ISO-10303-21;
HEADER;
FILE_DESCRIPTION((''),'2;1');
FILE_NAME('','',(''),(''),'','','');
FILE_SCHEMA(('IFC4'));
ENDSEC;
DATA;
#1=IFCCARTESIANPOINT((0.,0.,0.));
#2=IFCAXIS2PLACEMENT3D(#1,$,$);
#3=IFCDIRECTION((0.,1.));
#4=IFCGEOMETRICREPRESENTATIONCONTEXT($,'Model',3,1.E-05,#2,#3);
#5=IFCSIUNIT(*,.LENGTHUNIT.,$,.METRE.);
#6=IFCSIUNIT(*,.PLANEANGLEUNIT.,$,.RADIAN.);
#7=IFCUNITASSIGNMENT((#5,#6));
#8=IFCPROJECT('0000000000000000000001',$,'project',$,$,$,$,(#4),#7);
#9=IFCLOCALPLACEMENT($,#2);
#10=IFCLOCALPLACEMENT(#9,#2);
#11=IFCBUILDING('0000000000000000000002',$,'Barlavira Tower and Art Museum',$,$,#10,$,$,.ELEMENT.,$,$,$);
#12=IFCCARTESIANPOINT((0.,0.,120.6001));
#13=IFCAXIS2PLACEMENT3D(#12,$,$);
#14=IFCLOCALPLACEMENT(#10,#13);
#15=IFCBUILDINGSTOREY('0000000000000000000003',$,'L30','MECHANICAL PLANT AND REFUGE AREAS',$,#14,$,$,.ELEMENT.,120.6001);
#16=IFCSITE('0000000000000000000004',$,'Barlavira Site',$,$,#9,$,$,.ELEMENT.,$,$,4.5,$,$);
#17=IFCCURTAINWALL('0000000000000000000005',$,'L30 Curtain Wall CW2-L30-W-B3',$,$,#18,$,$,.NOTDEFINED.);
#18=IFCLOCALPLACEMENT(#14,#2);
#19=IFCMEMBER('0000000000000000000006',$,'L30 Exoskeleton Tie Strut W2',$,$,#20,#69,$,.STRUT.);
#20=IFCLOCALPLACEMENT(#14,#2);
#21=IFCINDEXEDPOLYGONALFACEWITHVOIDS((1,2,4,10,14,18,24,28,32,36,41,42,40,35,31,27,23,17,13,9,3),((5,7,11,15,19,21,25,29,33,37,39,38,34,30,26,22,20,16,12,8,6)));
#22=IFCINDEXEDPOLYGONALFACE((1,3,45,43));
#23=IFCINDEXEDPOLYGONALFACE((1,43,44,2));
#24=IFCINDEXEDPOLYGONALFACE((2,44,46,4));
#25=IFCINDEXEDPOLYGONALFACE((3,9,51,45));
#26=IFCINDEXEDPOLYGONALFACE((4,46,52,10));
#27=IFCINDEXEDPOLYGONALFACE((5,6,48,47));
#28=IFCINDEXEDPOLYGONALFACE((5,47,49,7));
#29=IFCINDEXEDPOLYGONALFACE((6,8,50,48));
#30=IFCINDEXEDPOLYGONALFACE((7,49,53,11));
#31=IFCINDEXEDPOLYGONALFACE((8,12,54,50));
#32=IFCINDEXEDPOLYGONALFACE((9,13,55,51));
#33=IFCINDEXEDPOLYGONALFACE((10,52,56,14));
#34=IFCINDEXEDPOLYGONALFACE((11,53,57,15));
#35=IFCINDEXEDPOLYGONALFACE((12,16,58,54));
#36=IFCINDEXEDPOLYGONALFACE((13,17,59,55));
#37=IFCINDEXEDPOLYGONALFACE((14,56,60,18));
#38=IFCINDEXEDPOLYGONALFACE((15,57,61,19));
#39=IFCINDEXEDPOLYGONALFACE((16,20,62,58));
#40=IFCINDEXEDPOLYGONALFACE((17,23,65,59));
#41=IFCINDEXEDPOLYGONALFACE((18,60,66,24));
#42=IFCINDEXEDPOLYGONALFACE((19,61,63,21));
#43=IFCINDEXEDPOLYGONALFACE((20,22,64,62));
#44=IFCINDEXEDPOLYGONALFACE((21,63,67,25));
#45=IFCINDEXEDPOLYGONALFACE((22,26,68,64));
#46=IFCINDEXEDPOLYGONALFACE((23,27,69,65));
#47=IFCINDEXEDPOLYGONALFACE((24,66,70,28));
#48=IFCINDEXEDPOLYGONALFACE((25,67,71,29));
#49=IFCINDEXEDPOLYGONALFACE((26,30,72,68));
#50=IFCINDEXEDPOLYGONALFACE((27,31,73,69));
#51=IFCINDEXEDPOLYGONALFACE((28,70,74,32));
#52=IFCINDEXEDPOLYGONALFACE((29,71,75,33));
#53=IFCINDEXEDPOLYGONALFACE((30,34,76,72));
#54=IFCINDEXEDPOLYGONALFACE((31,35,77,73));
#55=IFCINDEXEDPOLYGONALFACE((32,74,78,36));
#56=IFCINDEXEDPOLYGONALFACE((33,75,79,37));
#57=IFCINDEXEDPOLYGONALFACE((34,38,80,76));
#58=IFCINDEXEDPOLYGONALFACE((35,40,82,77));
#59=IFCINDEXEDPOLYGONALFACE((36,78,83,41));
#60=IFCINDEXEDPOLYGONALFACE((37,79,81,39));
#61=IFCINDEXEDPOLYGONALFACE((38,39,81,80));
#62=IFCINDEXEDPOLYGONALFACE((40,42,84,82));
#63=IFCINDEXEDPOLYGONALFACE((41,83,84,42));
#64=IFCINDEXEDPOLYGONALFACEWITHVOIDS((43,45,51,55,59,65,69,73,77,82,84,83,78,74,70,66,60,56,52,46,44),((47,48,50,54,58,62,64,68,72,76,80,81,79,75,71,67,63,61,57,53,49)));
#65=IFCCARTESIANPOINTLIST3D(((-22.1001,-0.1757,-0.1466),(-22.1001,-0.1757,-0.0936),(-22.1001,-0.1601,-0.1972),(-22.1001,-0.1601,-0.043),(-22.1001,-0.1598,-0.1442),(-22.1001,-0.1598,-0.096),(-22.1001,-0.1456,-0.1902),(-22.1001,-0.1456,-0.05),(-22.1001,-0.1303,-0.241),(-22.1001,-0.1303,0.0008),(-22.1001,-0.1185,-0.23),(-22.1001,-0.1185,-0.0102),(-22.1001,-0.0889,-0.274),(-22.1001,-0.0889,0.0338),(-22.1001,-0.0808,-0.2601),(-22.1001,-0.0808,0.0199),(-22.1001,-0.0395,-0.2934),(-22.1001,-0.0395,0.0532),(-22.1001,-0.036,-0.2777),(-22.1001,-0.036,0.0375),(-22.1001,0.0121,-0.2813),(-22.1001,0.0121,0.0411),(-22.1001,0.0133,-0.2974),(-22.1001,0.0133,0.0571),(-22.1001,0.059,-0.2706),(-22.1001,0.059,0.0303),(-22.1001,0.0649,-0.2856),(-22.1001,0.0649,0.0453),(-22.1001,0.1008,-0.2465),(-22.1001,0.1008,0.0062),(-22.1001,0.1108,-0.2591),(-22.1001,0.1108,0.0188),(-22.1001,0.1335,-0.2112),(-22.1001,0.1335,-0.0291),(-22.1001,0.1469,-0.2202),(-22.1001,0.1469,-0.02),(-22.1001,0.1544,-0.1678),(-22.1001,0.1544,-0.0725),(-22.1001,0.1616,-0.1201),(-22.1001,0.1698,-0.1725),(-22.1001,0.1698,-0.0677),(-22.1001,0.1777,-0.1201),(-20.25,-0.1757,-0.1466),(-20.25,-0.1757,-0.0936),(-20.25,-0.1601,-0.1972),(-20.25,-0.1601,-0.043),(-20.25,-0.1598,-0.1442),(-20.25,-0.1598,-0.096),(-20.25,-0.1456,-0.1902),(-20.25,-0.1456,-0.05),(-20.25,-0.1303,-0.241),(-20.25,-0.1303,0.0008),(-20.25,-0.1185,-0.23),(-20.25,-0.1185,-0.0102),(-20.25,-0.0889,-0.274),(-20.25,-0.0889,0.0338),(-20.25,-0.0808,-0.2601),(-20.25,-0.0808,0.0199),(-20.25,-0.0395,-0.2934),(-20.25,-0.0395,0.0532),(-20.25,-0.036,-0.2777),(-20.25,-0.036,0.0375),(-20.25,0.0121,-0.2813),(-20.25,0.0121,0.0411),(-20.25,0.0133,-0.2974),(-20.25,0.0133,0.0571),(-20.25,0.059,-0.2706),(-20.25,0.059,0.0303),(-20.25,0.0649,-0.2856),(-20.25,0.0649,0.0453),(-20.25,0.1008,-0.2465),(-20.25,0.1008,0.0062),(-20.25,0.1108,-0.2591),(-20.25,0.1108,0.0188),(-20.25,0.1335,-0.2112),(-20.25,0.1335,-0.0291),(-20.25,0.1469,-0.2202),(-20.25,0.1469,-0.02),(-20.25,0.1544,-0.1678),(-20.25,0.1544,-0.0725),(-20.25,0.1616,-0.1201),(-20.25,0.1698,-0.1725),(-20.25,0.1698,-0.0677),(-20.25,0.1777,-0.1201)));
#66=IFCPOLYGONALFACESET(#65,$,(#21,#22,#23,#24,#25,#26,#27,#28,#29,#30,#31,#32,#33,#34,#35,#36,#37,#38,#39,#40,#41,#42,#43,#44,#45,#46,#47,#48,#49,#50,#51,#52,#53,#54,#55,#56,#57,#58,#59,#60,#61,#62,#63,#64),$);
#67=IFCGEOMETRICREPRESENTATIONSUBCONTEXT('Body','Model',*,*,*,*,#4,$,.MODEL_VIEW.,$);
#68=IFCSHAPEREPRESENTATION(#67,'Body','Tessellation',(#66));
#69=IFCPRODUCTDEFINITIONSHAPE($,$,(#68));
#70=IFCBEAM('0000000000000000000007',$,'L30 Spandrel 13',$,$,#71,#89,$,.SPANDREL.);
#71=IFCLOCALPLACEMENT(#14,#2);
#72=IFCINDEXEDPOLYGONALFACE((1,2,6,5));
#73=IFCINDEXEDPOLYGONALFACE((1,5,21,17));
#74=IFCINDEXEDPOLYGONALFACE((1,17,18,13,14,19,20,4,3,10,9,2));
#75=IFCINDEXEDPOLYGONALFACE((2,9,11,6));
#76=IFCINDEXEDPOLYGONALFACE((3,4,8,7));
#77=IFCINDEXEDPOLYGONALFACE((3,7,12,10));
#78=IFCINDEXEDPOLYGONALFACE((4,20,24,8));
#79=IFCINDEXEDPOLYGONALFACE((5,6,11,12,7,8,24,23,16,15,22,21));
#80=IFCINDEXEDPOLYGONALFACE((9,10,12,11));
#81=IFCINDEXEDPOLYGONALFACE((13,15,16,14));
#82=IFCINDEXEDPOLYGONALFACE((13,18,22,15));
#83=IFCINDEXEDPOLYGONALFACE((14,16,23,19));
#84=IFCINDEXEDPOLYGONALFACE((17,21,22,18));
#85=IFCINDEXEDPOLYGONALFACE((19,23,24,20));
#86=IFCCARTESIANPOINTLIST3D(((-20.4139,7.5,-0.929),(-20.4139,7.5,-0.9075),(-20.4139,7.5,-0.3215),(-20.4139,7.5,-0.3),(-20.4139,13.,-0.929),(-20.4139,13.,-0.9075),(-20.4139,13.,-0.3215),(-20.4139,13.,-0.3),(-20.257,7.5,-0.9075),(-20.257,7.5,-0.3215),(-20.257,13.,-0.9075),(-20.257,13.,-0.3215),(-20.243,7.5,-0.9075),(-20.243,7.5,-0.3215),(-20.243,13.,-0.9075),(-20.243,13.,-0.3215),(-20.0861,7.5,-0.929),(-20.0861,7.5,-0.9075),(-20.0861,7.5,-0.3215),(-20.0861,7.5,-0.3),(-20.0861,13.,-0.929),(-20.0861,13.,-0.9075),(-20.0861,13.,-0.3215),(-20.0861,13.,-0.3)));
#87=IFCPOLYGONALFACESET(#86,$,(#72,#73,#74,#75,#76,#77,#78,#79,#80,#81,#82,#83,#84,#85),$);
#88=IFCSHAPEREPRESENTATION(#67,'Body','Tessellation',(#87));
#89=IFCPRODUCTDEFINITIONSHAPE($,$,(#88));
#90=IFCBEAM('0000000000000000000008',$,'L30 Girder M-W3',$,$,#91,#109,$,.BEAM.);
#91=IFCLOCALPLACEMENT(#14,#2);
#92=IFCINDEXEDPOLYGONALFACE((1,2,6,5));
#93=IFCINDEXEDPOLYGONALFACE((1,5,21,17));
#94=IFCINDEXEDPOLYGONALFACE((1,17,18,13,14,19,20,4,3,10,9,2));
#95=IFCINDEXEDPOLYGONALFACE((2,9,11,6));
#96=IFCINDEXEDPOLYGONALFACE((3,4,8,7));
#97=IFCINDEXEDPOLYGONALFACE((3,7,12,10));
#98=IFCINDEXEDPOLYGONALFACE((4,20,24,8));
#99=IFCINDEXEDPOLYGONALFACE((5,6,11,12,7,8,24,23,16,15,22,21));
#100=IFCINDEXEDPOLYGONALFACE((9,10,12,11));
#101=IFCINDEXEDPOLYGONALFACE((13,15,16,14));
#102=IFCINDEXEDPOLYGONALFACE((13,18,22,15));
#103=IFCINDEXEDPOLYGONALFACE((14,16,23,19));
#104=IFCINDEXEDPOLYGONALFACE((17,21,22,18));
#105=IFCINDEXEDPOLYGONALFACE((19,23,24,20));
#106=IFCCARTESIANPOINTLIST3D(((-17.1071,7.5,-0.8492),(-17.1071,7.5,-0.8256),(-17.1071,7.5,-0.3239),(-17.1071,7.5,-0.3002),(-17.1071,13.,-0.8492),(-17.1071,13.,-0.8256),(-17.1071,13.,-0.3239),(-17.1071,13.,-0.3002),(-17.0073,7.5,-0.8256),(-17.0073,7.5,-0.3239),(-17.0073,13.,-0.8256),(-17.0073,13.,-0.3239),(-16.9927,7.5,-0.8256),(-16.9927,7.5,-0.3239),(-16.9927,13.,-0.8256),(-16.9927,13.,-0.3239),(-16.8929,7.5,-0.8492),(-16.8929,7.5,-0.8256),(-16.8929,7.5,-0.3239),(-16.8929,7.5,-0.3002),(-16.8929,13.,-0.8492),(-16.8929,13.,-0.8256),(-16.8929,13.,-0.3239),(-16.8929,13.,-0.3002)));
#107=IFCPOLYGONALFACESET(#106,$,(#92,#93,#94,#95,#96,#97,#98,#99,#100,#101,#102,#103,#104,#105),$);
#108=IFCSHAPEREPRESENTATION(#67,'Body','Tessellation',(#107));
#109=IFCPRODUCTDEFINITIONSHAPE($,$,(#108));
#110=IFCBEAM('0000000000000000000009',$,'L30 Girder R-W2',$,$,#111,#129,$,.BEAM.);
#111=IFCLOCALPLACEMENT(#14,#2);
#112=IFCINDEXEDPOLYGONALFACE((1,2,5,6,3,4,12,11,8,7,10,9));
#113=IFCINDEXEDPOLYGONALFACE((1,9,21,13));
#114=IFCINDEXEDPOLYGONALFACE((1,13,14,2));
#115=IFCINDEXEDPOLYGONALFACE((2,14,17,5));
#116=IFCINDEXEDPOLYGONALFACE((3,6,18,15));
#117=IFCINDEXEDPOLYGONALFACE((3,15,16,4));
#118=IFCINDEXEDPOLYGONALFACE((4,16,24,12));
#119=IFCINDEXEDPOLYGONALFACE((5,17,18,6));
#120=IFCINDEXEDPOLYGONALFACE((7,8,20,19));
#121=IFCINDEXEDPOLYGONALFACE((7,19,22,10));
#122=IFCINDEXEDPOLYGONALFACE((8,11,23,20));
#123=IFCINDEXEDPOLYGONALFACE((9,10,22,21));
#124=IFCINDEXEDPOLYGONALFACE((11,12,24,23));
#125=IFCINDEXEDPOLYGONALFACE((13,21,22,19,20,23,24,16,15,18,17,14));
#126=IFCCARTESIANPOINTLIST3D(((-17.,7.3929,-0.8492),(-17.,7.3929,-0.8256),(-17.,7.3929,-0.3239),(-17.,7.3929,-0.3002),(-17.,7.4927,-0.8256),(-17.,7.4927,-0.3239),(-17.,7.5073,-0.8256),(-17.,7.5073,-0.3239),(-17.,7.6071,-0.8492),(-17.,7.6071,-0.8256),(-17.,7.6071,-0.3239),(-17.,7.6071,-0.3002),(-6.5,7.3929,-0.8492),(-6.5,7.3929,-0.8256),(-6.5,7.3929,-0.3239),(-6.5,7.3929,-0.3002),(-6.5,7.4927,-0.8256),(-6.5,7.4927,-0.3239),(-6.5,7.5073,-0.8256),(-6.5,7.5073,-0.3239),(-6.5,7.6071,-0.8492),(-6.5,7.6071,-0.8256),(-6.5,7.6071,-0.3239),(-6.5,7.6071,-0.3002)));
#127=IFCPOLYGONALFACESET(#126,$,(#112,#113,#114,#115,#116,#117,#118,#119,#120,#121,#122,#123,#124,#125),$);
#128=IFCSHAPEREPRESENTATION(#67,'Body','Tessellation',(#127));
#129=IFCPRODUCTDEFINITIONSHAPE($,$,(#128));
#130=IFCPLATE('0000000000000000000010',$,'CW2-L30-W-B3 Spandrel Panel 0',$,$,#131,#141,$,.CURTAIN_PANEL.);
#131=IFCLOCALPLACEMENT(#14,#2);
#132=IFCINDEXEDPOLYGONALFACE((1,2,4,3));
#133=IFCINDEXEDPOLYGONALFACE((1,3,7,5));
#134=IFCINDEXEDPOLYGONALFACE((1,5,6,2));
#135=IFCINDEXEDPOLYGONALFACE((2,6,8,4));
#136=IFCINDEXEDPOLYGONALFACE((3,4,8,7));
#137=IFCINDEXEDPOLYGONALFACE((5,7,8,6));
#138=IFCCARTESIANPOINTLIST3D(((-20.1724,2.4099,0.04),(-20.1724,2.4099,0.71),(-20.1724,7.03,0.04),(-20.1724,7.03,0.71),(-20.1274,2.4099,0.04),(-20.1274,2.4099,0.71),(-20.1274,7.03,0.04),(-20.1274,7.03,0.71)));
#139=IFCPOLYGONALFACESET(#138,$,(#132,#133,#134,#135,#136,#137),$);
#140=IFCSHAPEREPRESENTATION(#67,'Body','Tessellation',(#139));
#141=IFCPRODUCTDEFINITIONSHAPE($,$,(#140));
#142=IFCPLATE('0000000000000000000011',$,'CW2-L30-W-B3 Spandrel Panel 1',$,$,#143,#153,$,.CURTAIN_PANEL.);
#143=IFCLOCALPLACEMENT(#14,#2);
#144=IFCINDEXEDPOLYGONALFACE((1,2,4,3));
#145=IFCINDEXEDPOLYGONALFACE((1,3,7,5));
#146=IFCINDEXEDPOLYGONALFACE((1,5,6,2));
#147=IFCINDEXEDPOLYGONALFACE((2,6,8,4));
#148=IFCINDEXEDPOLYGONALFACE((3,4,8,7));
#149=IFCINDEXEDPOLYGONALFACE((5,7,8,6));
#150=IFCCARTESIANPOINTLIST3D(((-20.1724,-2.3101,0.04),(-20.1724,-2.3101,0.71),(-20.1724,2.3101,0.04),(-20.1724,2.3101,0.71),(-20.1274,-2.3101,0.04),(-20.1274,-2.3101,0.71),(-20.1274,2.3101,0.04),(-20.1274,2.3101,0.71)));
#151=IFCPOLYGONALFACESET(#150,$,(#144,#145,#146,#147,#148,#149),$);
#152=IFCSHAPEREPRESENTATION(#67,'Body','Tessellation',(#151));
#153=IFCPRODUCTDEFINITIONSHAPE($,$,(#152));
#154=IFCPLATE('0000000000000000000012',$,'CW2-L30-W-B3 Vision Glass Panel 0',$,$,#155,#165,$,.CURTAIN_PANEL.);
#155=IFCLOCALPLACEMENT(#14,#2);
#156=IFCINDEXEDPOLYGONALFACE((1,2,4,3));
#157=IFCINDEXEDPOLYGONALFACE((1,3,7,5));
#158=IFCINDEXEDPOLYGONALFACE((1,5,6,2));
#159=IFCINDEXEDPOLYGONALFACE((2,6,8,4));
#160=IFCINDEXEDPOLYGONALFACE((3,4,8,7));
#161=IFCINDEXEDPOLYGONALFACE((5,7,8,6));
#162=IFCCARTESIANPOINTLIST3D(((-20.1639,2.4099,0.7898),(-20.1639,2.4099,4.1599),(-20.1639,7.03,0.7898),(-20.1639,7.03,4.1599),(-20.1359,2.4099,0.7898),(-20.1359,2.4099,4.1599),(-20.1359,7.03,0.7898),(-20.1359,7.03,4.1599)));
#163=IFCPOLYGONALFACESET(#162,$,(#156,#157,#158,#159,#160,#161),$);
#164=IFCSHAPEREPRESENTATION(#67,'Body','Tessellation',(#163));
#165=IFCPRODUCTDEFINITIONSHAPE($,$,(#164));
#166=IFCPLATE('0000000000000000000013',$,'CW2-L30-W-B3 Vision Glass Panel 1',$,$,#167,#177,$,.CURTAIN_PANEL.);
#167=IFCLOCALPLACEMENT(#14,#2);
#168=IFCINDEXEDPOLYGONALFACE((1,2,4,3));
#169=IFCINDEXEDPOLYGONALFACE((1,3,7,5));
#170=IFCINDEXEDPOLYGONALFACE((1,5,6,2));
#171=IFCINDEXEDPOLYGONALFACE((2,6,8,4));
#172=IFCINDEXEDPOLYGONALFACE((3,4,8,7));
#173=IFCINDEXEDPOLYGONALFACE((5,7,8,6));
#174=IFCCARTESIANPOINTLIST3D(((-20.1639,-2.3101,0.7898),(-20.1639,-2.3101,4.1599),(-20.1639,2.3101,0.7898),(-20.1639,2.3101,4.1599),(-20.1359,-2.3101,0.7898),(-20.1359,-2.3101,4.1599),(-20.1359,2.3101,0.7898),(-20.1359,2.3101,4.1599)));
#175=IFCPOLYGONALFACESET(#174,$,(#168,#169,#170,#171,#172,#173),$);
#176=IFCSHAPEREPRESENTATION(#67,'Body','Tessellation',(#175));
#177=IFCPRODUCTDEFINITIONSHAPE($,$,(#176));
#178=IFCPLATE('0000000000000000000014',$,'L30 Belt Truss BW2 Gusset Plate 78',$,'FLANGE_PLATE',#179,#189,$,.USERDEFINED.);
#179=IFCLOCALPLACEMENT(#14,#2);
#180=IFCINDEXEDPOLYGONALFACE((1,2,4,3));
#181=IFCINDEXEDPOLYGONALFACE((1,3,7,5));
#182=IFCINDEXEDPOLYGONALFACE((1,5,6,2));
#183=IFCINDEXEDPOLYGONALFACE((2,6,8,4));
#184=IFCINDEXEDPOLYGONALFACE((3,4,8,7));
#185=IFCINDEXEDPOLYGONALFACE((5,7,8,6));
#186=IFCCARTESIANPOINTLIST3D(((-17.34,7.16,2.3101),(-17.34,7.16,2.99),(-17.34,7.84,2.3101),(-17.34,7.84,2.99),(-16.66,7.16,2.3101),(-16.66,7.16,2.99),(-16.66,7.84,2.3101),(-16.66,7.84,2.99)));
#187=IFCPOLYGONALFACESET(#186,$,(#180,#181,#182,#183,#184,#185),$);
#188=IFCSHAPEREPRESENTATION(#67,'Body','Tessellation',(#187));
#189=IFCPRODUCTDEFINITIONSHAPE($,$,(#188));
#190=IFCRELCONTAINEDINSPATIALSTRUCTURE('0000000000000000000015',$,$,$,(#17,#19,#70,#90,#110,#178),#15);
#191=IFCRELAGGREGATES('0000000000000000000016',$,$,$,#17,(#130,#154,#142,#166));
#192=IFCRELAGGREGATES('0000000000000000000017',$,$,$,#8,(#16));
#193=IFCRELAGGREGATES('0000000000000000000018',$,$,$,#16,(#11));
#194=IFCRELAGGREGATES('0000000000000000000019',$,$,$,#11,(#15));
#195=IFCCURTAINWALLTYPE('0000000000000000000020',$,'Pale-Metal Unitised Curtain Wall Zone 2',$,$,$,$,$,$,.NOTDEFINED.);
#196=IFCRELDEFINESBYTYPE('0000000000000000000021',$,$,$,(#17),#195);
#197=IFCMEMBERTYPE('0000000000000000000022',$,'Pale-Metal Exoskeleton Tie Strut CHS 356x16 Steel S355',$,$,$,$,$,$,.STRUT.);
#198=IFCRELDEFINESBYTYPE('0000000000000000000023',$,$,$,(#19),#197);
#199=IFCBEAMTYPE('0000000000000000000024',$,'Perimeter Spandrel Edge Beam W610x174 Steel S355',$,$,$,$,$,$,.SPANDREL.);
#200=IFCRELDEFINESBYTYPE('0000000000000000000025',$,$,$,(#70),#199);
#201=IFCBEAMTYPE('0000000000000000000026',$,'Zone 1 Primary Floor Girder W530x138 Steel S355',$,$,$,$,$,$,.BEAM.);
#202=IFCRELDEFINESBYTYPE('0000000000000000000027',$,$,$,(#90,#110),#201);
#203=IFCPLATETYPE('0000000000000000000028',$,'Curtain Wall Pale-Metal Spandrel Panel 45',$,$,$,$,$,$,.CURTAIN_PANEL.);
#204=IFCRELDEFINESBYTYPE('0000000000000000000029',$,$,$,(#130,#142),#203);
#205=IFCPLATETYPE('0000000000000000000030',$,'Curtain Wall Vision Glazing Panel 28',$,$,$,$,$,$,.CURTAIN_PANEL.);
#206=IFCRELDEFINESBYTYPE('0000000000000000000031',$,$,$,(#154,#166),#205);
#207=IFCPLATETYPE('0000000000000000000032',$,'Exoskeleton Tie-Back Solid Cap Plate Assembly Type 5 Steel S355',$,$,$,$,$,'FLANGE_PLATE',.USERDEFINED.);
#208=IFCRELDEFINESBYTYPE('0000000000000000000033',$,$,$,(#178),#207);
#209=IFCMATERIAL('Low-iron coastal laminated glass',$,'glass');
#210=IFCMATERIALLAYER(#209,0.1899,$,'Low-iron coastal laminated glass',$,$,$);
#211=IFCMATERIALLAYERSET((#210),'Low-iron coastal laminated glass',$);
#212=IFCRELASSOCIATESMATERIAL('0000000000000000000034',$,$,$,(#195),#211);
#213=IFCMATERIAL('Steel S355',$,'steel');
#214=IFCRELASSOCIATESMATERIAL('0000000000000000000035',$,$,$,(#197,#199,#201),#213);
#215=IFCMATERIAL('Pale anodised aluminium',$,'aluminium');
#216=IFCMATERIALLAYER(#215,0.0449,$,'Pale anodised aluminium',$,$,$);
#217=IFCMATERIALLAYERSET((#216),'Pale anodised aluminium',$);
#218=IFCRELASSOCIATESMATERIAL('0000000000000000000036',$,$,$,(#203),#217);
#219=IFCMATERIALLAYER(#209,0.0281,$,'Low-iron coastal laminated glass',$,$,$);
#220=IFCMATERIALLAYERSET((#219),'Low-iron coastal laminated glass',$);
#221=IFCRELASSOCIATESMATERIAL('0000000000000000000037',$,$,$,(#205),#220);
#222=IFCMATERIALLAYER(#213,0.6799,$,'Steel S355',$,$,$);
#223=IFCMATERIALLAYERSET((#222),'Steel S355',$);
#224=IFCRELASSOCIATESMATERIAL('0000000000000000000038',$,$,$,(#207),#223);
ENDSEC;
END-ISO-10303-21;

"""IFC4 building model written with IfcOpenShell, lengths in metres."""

from ifc_helpers import new_model, si_unit, direction, frame, origin, origin_2d, place, context, subcontext, project, spatial, rectangle, hollow_circle, i_section, extrude, material, layer, layer_set, material_profile, profile_set, type_object, element, aggregate, save


model = new_model("IFC4")

# Units and contexts
model_context = context("Model", 3, precision=1e-05, world=origin(), true_north=direction((0.0, 1.0)))
body_context = subcontext(model_context, "Body", "Model", "MODEL_VIEW")
ifc_project = project(units=[si_unit("LENGTHUNIT", "METRE"), si_unit("PLANEANGLEUNIT", "RADIAN")], contexts=[model_context])

# Site, building, storey
site_placement = place(None, origin())
site = spatial("IfcSite", under=ifc_project, at=site_placement, Name="Barlavira Site", CompositionType="ELEMENT", RefElevation=4.5)
building_placement = place(site_placement, origin())
building = spatial("IfcBuilding", under=site, at=building_placement, Name="Barlavira Tower and Art Museum", CompositionType="ELEMENT")
storey_placement = place(building_placement, frame((0.0, 0.0, 120.6001)))
storey = spatial("IfcBuildingStorey", under=building, at=storey_placement, Name="L30", Description="MECHANICAL PLANT AND REFUGE AREAS", CompositionType="ELEMENT", Elevation=120.6001)

# Shared definitions
ifc_material_1 = material(Name="Steel S355", Category="steel")

# Curtain wall
ifc_material_2 = material(Name="Low-iron coastal laminated glass", Category="glass")
ifc_layer_1 = layer(ifc_material_2, 0.1899, Name="Low-iron coastal laminated glass")
ifc_layer_set_1 = layer_set([ifc_layer_1], Name="Low-iron coastal laminated glass")
curtain_wall_type = type_object("IfcCurtainWallType", Name="Pale-Metal Unitised Curtain Wall Zone 2", PredefinedType="NOTDEFINED", material=ifc_layer_set_1)
curtain_wall_placement = place(storey_placement, origin())
curtain_wall = element("IfcCurtainWall", 1, at=curtain_wall_placement, inside=storey, type_object=curtain_wall_type, Name="L30 Curtain Wall CW2-L30-W-B3", PredefinedType="NOTDEFINED")
ifc_material_3 = material(Name="Pale anodised aluminium", Category="aluminium")

# Member
ifc_material_profile_1 = material_profile(ifc_material_1, hollow_circle(Radius=0.1777, WallThickness=0.0161, at=origin_2d()), Name="CHS 355.6x16.0")
ifc_profile_set_1 = profile_set([ifc_material_profile_1], Name="Steel S355")
member_type_1 = type_object("IfcMemberType", Name="Pale-Metal Exoskeleton Tie Strut CHS 356x16 Steel S355", PredefinedType="STRUT", material=ifc_profile_set_1)
member_1_placement = place(storey_placement, frame((-22.1001, 0.0, -0.1201), z_axis=(1.0, 0.0, 0.0), x_axis=(0.0, 1.0, 0.0)))
element("IfcMember", 2, at=member_1_placement, inside=storey, type_object=member_type_1, Name="L30 Exoskeleton Tie Strut W2", PredefinedType="STRUT", context=body_context, shape_type="SweptSolid", body=[
    extrude(hollow_circle(Radius=0.1777, WallThickness=0.0161, at=origin_2d()), origin(), (0.0, 0.0, 1.0), 1.8501),
])

# Beams
ifc_material_profile_2 = material_profile(ifc_material_1, i_section(OverallWidth=0.3279, OverallDepth=0.6289, WebThickness=0.0139, FlangeThickness=0.0215, at=origin_2d()), Name="W610x174.0")
ifc_profile_set_2 = profile_set([ifc_material_profile_2], Name="Steel S355")
beam_type_1 = type_object("IfcBeamType", Name="Perimeter Spandrel Edge Beam W610x174 Steel S355", PredefinedType="SPANDREL", material=ifc_profile_set_2)
beam_1_placement = place(storey_placement, frame((-20.25, 7.5, -0.6145), z_axis=(0.0, 1.0, 0.0), x_axis=(-1.0, 0.0, 0.0)))
element("IfcBeam", 3, at=beam_1_placement, inside=storey, type_object=beam_type_1, Name="L30 Spandrel 13", PredefinedType="SPANDREL", context=body_context, shape_type="SweptSolid", body=[
    extrude(i_section(OverallWidth=0.3279, OverallDepth=0.6289, WebThickness=0.0139, FlangeThickness=0.0215, at=origin_2d()), origin(), (0.0, 0.0, 1.0), 5.5),
])
ifc_material_profile_3 = material_profile(ifc_material_1, i_section(OverallWidth=0.2141, OverallDepth=0.5491, WebThickness=0.0146, FlangeThickness=0.0237, at=origin_2d()), Name="W530x138.0")
ifc_profile_set_3 = profile_set([ifc_material_profile_3], Name="Steel S355")
beam_type_2 = type_object("IfcBeamType", Name="Zone 1 Primary Floor Girder W530x138 Steel S355", PredefinedType="BEAM", material=ifc_profile_set_3)
beam_2_placement = place(storey_placement, frame((-17.0, 7.5, -0.5747), z_axis=(0.0, 1.0, 0.0), x_axis=(-1.0, 0.0, 0.0)))
element("IfcBeam", 4, at=beam_2_placement, inside=storey, type_object=beam_type_2, Name="L30 Girder M-W3", PredefinedType="BEAM", context=body_context, shape_type="SweptSolid", body=[
    extrude(i_section(OverallWidth=0.2141, OverallDepth=0.5491, WebThickness=0.0146, FlangeThickness=0.0237, at=origin_2d()), origin(), (0.0, 0.0, 1.0), 5.5),
])
beam_3_placement = place(storey_placement, frame((-17.0, 7.5, -0.5747), z_axis=(1.0, 0.0, 0.0), x_axis=(0.0, 1.0, 0.0)))
element("IfcBeam", 5, at=beam_3_placement, inside=storey, type_object=beam_type_2, Name="L30 Girder R-W2", PredefinedType="BEAM", context=body_context, shape_type="SweptSolid", body=[
    extrude(i_section(OverallWidth=0.2141, OverallDepth=0.5491, WebThickness=0.0146, FlangeThickness=0.0237, at=origin_2d()), origin(), (0.0, 0.0, 1.0), 10.5),
])

# Plates
ifc_layer_2 = layer(ifc_material_3, 0.0449, Name="Pale anodised aluminium")
ifc_layer_set_2 = layer_set([ifc_layer_2], Name="Pale anodised aluminium")
plate_type_1 = type_object("IfcPlateType", Name="Curtain Wall Pale-Metal Spandrel Panel 45", PredefinedType="CURTAIN_PANEL", material=ifc_layer_set_2)
plate_1_placement = place(storey_placement, frame((-20.1499, 4.72, 0.04), z_axis=(0.0, 0.0, 1.0), x_axis=(0.0, -1.0, 0.0)))
plate_1 = element("IfcPlate", 6, at=plate_1_placement, type_object=plate_type_1, Name="CW2-L30-W-B3 Spandrel Panel 0", PredefinedType="CURTAIN_PANEL", context=body_context, shape_type="SweptSolid", body=[
    extrude(rectangle(XDim=4.6201, YDim=0.0449, at=origin_2d()), origin(), (0.0, 0.0, 1.0), 0.6699),
])
plate_2_placement = place(storey_placement, frame((-20.1499, 0.0, 0.04), z_axis=(0.0, 0.0, 1.0), x_axis=(0.0, -1.0, 0.0)))
plate_2 = element("IfcPlate", 7, at=plate_2_placement, type_object=plate_type_1, Name="CW2-L30-W-B3 Spandrel Panel 1", PredefinedType="CURTAIN_PANEL", context=body_context, shape_type="SweptSolid", body=[
    extrude(rectangle(XDim=4.6201, YDim=0.0449, at=origin_2d()), origin(), (0.0, 0.0, 1.0), 0.6699),
])
ifc_layer_3 = layer(ifc_material_2, 0.0281, Name="Low-iron coastal laminated glass")
ifc_layer_set_3 = layer_set([ifc_layer_3], Name="Low-iron coastal laminated glass")
plate_type_2 = type_object("IfcPlateType", Name="Curtain Wall Vision Glazing Panel 28", PredefinedType="CURTAIN_PANEL", material=ifc_layer_set_3)
plate_3_placement = place(storey_placement, frame((-20.1499, 4.72, 0.7898), z_axis=(0.0, 0.0, 1.0), x_axis=(0.0, -1.0, 0.0)))
plate_3 = element("IfcPlate", 8, at=plate_3_placement, type_object=plate_type_2, Name="CW2-L30-W-B3 Vision Glass Panel 0", PredefinedType="CURTAIN_PANEL", context=body_context, shape_type="SweptSolid", body=[
    extrude(rectangle(XDim=4.6201, YDim=0.0281, at=origin_2d()), origin(), (0.0, 0.0, 1.0), 3.3701),
])
plate_4_placement = place(storey_placement, frame((-20.1499, 0.0, 0.7898), z_axis=(0.0, 0.0, 1.0), x_axis=(0.0, -1.0, 0.0)))
plate_4 = element("IfcPlate", 9, at=plate_4_placement, type_object=plate_type_2, Name="CW2-L30-W-B3 Vision Glass Panel 1", PredefinedType="CURTAIN_PANEL", context=body_context, shape_type="SweptSolid", body=[
    extrude(rectangle(XDim=4.6201, YDim=0.0281, at=origin_2d()), origin(), (0.0, 0.0, 1.0), 3.3701),
])
aggregate(curtain_wall, [plate_1, plate_3, plate_2, plate_4])

# Plate
ifc_layer_4 = layer(ifc_material_1, 0.6799, Name="Steel S355")
ifc_layer_set_4 = layer_set([ifc_layer_4], Name="Steel S355")
plate_type_3 = type_object("IfcPlateType", Name="Exoskeleton Tie-Back Solid Cap Plate Assembly Type 5 Steel S355", ElementType="FLANGE_PLATE", PredefinedType="USERDEFINED", material=ifc_layer_set_4)
for number, where, z_axis, x_axis, name in (
    (10, (-17.0, 7.5, 2.3101), (0.0, 0.0, 1.0), (1.0, 0.0, 0.0), "L30 Belt Truss BW2 Gusset Plate 78"),
):
    element("IfcPlate", number, at=place(storey_placement, frame(where, z_axis=z_axis, x_axis=x_axis)), inside=storey, type_object=plate_type_3, Name=name, ObjectType="FLANGE_PLATE", PredefinedType="USERDEFINED", context=body_context, shape_type="SweptSolid", body=[
        extrude(rectangle(XDim=0.6799, YDim=0.6799, at=origin_2d()), origin(), (0.0, 0.0, 1.0), 0.6799),
    ])

save(model, "model.ifc")
